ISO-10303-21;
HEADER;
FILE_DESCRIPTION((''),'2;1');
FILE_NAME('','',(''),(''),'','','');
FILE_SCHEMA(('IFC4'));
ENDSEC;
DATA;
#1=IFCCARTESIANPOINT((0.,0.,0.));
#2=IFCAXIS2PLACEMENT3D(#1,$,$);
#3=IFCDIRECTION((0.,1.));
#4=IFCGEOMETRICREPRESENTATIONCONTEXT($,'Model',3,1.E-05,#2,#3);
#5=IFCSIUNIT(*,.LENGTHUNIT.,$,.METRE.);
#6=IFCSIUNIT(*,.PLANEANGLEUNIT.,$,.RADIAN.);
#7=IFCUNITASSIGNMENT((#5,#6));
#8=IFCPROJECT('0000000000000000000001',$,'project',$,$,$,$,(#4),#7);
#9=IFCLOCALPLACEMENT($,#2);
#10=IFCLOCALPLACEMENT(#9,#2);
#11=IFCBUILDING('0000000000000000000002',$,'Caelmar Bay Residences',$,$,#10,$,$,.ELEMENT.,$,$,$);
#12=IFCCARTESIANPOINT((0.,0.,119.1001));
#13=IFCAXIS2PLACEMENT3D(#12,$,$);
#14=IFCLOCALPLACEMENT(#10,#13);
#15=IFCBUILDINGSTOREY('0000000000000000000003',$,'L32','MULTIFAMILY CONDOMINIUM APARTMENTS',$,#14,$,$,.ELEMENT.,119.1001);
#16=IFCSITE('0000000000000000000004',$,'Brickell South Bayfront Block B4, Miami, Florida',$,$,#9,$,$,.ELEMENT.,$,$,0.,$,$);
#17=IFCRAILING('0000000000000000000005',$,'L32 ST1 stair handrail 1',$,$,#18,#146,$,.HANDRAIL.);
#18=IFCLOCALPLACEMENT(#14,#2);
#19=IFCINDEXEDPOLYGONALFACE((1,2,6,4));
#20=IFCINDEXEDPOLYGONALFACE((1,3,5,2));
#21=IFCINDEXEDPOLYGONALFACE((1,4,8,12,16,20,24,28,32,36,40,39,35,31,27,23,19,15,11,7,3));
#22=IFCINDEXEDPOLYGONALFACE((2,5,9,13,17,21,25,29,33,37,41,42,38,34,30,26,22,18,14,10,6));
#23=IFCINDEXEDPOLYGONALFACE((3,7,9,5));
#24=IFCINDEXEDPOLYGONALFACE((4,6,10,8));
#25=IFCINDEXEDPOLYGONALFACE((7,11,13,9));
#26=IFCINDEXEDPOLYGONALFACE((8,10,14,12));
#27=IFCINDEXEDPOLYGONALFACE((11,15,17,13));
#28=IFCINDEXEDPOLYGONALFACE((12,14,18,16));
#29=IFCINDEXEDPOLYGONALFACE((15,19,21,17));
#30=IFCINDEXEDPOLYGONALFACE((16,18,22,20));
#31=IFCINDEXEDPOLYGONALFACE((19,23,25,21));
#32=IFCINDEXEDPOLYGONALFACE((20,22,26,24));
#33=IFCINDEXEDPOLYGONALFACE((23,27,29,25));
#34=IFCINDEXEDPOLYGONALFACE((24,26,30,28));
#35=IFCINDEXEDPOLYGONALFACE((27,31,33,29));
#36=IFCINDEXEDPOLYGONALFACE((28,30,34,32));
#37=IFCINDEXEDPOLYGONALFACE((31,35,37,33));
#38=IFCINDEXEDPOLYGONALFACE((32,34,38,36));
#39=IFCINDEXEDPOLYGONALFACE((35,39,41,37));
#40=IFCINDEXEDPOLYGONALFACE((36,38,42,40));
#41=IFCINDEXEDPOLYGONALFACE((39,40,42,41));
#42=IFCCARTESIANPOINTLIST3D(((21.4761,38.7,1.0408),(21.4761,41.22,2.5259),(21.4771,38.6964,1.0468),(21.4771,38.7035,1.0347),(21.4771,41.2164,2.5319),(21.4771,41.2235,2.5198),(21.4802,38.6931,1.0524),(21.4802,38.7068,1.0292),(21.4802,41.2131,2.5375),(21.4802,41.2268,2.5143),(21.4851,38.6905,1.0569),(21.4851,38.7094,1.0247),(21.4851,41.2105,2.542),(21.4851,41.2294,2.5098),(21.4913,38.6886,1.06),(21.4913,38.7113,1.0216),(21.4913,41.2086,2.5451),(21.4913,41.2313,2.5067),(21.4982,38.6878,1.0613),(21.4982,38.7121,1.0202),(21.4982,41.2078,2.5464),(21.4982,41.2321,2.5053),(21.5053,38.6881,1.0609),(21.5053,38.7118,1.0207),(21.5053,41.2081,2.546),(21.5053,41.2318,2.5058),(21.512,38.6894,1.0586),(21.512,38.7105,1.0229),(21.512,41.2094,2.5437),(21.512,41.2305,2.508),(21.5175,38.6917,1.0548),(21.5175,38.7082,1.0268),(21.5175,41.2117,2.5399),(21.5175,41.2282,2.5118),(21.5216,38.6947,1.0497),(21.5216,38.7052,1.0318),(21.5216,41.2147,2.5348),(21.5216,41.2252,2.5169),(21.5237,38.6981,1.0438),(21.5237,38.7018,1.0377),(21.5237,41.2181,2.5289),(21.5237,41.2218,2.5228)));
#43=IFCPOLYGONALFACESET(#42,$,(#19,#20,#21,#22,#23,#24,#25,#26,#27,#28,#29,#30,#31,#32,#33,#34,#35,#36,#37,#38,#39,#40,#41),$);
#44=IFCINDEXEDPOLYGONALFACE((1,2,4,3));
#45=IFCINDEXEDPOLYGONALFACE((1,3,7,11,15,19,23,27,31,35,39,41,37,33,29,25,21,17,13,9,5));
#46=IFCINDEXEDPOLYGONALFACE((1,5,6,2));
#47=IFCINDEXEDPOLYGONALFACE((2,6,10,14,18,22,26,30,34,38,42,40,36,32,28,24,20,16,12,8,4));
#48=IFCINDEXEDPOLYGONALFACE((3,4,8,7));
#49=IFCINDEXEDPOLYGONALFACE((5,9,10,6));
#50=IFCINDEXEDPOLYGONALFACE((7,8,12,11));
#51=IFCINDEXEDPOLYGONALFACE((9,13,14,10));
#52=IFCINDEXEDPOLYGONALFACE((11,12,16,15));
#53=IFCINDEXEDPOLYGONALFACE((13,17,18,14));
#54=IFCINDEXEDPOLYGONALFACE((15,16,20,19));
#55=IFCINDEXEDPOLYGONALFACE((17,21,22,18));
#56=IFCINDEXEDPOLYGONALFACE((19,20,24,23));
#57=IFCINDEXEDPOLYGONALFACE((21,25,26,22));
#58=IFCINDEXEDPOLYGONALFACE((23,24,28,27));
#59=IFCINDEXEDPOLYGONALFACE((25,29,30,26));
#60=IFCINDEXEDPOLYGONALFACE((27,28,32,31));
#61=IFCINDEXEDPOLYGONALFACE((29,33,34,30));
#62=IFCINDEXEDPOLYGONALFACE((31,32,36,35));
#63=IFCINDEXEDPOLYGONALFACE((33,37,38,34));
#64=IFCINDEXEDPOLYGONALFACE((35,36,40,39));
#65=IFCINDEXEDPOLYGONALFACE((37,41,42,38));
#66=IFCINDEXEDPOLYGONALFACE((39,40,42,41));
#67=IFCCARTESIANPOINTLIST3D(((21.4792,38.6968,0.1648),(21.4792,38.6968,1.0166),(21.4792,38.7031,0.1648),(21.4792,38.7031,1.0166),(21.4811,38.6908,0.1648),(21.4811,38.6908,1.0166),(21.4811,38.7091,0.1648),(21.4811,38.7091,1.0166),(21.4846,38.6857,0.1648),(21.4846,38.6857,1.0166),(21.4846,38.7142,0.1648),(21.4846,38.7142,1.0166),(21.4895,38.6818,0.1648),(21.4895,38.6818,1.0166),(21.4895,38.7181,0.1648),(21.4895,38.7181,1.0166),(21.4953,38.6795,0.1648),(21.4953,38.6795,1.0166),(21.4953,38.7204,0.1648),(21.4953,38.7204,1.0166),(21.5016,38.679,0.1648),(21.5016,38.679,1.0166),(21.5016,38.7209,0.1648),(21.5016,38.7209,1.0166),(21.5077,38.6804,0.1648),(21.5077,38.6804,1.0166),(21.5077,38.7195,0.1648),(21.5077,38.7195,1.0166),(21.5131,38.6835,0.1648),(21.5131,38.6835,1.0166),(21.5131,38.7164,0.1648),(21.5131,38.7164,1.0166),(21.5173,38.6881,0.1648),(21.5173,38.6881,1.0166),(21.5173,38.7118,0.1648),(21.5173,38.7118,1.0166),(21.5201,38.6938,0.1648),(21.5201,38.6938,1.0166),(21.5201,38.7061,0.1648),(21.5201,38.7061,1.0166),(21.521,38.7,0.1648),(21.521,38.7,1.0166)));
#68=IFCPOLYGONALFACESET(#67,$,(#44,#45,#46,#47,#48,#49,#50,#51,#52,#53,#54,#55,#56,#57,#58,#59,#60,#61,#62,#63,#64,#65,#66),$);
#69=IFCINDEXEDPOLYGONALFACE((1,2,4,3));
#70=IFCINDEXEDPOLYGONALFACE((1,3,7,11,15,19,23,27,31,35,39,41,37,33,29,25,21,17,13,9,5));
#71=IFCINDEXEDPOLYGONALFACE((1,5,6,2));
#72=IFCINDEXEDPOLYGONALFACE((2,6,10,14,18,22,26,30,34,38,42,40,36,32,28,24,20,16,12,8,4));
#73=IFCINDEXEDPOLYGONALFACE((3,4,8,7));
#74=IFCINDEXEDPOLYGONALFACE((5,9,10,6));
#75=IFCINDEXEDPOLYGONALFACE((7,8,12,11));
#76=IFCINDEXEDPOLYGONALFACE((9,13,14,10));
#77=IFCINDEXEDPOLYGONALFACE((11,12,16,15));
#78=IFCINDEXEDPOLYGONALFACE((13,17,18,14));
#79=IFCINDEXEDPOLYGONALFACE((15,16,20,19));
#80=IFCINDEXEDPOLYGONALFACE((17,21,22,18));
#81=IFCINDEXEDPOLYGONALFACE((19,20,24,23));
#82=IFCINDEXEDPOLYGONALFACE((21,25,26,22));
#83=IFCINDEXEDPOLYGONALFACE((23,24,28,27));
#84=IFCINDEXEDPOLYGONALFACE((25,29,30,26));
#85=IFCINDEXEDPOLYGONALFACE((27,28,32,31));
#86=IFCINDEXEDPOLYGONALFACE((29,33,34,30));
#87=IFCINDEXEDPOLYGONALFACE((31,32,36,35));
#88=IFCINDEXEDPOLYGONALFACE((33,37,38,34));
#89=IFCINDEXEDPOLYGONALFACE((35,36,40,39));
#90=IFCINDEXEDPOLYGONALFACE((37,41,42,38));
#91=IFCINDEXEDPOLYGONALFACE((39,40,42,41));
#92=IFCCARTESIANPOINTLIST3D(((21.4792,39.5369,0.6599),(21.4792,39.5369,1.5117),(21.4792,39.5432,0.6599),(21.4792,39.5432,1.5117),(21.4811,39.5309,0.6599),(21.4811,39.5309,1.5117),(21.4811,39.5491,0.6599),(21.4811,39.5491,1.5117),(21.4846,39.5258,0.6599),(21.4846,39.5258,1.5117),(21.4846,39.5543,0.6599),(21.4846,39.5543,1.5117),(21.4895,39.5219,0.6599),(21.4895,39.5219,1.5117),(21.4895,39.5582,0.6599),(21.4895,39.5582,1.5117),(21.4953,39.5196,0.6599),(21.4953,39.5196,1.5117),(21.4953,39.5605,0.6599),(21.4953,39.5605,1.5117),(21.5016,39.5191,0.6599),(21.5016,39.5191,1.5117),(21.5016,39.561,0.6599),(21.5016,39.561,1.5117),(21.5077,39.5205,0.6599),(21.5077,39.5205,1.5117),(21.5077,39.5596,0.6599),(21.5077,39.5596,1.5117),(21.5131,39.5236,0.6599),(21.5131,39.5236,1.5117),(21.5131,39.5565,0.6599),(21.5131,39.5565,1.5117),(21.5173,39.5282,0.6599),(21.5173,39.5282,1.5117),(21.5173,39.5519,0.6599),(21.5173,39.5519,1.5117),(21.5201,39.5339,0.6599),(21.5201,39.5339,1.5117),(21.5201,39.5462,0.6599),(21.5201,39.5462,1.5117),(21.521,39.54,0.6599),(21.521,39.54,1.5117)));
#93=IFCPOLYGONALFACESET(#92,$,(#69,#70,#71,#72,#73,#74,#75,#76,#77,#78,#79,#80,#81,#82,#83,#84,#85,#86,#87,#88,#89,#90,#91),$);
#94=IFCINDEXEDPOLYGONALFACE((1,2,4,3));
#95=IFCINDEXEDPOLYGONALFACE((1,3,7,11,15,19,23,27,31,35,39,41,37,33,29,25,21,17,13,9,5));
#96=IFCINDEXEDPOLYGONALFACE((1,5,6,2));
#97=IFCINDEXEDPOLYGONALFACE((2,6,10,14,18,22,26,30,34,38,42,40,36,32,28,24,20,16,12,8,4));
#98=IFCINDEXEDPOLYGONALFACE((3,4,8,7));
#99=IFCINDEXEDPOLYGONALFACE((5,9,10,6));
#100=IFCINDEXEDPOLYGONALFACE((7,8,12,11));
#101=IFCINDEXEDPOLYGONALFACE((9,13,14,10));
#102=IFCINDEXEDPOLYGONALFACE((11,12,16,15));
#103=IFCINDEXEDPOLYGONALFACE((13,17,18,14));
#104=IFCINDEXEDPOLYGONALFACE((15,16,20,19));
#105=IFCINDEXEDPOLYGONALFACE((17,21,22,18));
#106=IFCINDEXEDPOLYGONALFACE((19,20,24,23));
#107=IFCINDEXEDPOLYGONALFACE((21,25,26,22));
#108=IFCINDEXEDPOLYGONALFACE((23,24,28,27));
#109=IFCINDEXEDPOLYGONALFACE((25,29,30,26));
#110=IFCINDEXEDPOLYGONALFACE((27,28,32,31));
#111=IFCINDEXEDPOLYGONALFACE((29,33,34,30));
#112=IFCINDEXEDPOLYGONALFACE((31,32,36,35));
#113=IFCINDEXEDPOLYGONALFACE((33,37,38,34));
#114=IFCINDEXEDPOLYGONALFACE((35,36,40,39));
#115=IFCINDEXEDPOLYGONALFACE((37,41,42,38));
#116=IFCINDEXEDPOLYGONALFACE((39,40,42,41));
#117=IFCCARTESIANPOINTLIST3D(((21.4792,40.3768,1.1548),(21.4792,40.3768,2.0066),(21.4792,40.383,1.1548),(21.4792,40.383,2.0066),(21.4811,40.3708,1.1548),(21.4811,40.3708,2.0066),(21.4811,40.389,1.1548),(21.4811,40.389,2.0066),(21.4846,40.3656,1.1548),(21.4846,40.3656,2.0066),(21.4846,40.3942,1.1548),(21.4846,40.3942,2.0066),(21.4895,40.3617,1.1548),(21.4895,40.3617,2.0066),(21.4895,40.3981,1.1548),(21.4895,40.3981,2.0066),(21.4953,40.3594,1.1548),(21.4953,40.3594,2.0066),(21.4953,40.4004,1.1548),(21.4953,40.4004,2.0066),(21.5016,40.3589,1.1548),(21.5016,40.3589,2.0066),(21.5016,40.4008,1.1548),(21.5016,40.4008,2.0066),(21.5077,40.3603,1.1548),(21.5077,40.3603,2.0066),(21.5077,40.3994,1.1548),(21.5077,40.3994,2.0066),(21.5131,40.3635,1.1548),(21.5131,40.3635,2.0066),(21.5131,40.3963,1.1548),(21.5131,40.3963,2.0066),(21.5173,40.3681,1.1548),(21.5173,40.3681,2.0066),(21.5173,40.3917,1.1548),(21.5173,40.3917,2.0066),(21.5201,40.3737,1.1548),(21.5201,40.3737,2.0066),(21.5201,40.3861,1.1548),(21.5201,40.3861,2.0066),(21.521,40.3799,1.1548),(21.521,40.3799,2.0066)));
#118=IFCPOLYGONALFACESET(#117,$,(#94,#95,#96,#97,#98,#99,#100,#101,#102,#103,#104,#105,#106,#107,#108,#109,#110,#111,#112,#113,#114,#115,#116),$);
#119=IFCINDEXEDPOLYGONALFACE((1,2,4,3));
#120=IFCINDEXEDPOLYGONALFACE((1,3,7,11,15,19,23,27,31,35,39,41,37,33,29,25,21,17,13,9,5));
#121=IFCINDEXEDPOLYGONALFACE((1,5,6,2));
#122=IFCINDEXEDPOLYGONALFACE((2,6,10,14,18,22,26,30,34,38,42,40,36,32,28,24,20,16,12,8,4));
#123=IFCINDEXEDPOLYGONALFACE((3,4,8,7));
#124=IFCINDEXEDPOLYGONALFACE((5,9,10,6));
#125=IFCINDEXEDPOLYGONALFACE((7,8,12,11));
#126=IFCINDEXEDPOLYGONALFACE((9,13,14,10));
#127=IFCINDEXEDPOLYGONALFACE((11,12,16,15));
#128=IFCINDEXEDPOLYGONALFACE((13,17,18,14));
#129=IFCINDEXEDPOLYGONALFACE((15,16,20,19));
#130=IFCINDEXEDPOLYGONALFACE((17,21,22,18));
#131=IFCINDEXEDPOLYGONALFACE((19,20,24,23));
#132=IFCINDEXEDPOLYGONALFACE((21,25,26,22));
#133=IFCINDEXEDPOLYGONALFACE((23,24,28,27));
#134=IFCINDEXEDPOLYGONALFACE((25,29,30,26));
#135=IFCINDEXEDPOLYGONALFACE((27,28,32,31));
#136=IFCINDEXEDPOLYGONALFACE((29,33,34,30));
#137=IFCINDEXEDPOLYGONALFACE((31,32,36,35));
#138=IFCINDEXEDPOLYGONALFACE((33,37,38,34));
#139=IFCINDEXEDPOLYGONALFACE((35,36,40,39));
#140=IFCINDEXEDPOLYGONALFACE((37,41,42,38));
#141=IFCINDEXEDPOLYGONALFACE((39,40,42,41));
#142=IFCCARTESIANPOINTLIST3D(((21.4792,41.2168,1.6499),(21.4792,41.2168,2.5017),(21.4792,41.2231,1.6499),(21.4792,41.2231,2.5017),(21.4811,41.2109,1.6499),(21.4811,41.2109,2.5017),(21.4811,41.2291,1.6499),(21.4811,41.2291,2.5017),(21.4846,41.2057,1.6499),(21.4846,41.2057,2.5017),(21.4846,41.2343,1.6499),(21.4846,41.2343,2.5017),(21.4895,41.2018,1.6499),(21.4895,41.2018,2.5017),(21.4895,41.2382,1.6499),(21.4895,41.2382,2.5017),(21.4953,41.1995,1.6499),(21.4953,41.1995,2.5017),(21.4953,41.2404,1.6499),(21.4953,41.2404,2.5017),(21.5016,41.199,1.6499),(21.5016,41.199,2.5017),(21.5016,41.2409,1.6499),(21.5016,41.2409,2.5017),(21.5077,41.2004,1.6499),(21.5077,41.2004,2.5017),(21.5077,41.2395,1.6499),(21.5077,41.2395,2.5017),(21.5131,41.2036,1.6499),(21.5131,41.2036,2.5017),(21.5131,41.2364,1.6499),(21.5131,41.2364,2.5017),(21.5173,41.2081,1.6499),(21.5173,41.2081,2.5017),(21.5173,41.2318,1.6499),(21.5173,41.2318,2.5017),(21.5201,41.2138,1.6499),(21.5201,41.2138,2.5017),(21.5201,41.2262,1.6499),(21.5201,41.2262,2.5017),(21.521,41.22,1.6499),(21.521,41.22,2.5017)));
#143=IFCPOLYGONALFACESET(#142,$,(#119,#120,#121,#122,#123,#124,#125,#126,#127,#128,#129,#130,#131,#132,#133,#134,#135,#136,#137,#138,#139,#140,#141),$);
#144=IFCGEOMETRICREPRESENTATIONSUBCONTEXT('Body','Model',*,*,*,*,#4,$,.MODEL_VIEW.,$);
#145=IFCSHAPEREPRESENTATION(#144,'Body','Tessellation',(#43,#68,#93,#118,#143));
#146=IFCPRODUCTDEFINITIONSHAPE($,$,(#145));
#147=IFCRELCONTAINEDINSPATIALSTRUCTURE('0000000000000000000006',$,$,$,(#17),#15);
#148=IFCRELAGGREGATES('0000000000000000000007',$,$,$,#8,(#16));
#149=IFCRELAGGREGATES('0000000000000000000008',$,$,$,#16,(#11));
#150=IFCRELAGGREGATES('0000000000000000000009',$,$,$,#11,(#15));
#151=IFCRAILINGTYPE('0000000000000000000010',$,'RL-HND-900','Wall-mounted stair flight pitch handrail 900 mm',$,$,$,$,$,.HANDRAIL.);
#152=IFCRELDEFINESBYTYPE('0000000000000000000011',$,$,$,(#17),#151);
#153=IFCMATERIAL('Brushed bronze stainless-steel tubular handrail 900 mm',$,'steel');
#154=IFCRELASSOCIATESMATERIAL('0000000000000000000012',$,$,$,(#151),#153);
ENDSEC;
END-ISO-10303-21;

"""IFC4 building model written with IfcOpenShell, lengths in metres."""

from ifc_helpers import new_model, si_unit, direction, frame, origin, origin_2d, place, context, subcontext, project, spatial, circle, extrude, material, type_object, element, save


model = new_model("IFC4")

# Units and contexts
model_context = context("Model", 3, precision=1e-05, world=origin(), true_north=direction((0.0, 1.0)))
body_context = subcontext(model_context, "Body", "Model", "MODEL_VIEW")
ifc_project = project(units=[si_unit("LENGTHUNIT", "METRE"), si_unit("PLANEANGLEUNIT", "RADIAN")], contexts=[model_context])

# Site, building, storey
site_placement = place(None, origin())
site = spatial("IfcSite", under=ifc_project, at=site_placement, Name="Brickell South Bayfront Block B4, Miami, Florida", CompositionType="ELEMENT", RefElevation=0.0)
building_placement = place(site_placement, origin())
building = spatial("IfcBuilding", under=site, at=building_placement, Name="Caelmar Bay Residences", CompositionType="ELEMENT")
storey_placement = place(building_placement, frame((0.0, 0.0, 119.1001)))
storey = spatial("IfcBuildingStorey", under=building, at=storey_placement, Name="L32", Description="MULTIFAMILY CONDOMINIUM APARTMENTS", CompositionType="ELEMENT", Elevation=119.1001)

# Railing
ifc_material_1 = material(Name="Brushed bronze stainless-steel tubular handrail 900 mm", Category="steel")
railing_type_1 = type_object("IfcRailingType", Name="RL-HND-900", Description="Wall-mounted stair flight pitch handrail 900 mm", PredefinedType="HANDRAIL", material=ifc_material_1)
railing_1_placement = place(storey_placement, frame((21.5, 38.7, 0.1648)))
element("IfcRailing", 1, at=railing_1_placement, inside=storey, type_object=railing_type_1, Name="L32 ST1 stair handrail 1", PredefinedType="HANDRAIL", context=body_context, shape_type="SweptSolid", body=[
    extrude(circle(Radius=0.0239, at=origin_2d()), frame((0.0, 0.0, 0.876), z_axis=(0.0, 0.861524, 0.507717), x_axis=(-1.0, 0.0, 0.0)), (0.0, 0.0, 1.0), 2.925),
    extrude(circle(Radius=0.021, at=origin_2d()), origin(), (0.0, 0.0, 1.0), 0.8518),
    extrude(circle(Radius=0.021, at=origin_2d()), frame((0.0, 0.8401, 0.4951)), (0.0, 0.0, 1.0), 0.8518),
    extrude(circle(Radius=0.021, at=origin_2d()), frame((0.0, 1.6799, 0.99)), (0.0, 0.0, 1.0), 0.8518),
    extrude(circle(Radius=0.021, at=origin_2d()), frame((0.0, 2.52, 1.4851)), (0.0, 0.0, 1.0), 0.8518),
])

save(model, "model.ifc")
